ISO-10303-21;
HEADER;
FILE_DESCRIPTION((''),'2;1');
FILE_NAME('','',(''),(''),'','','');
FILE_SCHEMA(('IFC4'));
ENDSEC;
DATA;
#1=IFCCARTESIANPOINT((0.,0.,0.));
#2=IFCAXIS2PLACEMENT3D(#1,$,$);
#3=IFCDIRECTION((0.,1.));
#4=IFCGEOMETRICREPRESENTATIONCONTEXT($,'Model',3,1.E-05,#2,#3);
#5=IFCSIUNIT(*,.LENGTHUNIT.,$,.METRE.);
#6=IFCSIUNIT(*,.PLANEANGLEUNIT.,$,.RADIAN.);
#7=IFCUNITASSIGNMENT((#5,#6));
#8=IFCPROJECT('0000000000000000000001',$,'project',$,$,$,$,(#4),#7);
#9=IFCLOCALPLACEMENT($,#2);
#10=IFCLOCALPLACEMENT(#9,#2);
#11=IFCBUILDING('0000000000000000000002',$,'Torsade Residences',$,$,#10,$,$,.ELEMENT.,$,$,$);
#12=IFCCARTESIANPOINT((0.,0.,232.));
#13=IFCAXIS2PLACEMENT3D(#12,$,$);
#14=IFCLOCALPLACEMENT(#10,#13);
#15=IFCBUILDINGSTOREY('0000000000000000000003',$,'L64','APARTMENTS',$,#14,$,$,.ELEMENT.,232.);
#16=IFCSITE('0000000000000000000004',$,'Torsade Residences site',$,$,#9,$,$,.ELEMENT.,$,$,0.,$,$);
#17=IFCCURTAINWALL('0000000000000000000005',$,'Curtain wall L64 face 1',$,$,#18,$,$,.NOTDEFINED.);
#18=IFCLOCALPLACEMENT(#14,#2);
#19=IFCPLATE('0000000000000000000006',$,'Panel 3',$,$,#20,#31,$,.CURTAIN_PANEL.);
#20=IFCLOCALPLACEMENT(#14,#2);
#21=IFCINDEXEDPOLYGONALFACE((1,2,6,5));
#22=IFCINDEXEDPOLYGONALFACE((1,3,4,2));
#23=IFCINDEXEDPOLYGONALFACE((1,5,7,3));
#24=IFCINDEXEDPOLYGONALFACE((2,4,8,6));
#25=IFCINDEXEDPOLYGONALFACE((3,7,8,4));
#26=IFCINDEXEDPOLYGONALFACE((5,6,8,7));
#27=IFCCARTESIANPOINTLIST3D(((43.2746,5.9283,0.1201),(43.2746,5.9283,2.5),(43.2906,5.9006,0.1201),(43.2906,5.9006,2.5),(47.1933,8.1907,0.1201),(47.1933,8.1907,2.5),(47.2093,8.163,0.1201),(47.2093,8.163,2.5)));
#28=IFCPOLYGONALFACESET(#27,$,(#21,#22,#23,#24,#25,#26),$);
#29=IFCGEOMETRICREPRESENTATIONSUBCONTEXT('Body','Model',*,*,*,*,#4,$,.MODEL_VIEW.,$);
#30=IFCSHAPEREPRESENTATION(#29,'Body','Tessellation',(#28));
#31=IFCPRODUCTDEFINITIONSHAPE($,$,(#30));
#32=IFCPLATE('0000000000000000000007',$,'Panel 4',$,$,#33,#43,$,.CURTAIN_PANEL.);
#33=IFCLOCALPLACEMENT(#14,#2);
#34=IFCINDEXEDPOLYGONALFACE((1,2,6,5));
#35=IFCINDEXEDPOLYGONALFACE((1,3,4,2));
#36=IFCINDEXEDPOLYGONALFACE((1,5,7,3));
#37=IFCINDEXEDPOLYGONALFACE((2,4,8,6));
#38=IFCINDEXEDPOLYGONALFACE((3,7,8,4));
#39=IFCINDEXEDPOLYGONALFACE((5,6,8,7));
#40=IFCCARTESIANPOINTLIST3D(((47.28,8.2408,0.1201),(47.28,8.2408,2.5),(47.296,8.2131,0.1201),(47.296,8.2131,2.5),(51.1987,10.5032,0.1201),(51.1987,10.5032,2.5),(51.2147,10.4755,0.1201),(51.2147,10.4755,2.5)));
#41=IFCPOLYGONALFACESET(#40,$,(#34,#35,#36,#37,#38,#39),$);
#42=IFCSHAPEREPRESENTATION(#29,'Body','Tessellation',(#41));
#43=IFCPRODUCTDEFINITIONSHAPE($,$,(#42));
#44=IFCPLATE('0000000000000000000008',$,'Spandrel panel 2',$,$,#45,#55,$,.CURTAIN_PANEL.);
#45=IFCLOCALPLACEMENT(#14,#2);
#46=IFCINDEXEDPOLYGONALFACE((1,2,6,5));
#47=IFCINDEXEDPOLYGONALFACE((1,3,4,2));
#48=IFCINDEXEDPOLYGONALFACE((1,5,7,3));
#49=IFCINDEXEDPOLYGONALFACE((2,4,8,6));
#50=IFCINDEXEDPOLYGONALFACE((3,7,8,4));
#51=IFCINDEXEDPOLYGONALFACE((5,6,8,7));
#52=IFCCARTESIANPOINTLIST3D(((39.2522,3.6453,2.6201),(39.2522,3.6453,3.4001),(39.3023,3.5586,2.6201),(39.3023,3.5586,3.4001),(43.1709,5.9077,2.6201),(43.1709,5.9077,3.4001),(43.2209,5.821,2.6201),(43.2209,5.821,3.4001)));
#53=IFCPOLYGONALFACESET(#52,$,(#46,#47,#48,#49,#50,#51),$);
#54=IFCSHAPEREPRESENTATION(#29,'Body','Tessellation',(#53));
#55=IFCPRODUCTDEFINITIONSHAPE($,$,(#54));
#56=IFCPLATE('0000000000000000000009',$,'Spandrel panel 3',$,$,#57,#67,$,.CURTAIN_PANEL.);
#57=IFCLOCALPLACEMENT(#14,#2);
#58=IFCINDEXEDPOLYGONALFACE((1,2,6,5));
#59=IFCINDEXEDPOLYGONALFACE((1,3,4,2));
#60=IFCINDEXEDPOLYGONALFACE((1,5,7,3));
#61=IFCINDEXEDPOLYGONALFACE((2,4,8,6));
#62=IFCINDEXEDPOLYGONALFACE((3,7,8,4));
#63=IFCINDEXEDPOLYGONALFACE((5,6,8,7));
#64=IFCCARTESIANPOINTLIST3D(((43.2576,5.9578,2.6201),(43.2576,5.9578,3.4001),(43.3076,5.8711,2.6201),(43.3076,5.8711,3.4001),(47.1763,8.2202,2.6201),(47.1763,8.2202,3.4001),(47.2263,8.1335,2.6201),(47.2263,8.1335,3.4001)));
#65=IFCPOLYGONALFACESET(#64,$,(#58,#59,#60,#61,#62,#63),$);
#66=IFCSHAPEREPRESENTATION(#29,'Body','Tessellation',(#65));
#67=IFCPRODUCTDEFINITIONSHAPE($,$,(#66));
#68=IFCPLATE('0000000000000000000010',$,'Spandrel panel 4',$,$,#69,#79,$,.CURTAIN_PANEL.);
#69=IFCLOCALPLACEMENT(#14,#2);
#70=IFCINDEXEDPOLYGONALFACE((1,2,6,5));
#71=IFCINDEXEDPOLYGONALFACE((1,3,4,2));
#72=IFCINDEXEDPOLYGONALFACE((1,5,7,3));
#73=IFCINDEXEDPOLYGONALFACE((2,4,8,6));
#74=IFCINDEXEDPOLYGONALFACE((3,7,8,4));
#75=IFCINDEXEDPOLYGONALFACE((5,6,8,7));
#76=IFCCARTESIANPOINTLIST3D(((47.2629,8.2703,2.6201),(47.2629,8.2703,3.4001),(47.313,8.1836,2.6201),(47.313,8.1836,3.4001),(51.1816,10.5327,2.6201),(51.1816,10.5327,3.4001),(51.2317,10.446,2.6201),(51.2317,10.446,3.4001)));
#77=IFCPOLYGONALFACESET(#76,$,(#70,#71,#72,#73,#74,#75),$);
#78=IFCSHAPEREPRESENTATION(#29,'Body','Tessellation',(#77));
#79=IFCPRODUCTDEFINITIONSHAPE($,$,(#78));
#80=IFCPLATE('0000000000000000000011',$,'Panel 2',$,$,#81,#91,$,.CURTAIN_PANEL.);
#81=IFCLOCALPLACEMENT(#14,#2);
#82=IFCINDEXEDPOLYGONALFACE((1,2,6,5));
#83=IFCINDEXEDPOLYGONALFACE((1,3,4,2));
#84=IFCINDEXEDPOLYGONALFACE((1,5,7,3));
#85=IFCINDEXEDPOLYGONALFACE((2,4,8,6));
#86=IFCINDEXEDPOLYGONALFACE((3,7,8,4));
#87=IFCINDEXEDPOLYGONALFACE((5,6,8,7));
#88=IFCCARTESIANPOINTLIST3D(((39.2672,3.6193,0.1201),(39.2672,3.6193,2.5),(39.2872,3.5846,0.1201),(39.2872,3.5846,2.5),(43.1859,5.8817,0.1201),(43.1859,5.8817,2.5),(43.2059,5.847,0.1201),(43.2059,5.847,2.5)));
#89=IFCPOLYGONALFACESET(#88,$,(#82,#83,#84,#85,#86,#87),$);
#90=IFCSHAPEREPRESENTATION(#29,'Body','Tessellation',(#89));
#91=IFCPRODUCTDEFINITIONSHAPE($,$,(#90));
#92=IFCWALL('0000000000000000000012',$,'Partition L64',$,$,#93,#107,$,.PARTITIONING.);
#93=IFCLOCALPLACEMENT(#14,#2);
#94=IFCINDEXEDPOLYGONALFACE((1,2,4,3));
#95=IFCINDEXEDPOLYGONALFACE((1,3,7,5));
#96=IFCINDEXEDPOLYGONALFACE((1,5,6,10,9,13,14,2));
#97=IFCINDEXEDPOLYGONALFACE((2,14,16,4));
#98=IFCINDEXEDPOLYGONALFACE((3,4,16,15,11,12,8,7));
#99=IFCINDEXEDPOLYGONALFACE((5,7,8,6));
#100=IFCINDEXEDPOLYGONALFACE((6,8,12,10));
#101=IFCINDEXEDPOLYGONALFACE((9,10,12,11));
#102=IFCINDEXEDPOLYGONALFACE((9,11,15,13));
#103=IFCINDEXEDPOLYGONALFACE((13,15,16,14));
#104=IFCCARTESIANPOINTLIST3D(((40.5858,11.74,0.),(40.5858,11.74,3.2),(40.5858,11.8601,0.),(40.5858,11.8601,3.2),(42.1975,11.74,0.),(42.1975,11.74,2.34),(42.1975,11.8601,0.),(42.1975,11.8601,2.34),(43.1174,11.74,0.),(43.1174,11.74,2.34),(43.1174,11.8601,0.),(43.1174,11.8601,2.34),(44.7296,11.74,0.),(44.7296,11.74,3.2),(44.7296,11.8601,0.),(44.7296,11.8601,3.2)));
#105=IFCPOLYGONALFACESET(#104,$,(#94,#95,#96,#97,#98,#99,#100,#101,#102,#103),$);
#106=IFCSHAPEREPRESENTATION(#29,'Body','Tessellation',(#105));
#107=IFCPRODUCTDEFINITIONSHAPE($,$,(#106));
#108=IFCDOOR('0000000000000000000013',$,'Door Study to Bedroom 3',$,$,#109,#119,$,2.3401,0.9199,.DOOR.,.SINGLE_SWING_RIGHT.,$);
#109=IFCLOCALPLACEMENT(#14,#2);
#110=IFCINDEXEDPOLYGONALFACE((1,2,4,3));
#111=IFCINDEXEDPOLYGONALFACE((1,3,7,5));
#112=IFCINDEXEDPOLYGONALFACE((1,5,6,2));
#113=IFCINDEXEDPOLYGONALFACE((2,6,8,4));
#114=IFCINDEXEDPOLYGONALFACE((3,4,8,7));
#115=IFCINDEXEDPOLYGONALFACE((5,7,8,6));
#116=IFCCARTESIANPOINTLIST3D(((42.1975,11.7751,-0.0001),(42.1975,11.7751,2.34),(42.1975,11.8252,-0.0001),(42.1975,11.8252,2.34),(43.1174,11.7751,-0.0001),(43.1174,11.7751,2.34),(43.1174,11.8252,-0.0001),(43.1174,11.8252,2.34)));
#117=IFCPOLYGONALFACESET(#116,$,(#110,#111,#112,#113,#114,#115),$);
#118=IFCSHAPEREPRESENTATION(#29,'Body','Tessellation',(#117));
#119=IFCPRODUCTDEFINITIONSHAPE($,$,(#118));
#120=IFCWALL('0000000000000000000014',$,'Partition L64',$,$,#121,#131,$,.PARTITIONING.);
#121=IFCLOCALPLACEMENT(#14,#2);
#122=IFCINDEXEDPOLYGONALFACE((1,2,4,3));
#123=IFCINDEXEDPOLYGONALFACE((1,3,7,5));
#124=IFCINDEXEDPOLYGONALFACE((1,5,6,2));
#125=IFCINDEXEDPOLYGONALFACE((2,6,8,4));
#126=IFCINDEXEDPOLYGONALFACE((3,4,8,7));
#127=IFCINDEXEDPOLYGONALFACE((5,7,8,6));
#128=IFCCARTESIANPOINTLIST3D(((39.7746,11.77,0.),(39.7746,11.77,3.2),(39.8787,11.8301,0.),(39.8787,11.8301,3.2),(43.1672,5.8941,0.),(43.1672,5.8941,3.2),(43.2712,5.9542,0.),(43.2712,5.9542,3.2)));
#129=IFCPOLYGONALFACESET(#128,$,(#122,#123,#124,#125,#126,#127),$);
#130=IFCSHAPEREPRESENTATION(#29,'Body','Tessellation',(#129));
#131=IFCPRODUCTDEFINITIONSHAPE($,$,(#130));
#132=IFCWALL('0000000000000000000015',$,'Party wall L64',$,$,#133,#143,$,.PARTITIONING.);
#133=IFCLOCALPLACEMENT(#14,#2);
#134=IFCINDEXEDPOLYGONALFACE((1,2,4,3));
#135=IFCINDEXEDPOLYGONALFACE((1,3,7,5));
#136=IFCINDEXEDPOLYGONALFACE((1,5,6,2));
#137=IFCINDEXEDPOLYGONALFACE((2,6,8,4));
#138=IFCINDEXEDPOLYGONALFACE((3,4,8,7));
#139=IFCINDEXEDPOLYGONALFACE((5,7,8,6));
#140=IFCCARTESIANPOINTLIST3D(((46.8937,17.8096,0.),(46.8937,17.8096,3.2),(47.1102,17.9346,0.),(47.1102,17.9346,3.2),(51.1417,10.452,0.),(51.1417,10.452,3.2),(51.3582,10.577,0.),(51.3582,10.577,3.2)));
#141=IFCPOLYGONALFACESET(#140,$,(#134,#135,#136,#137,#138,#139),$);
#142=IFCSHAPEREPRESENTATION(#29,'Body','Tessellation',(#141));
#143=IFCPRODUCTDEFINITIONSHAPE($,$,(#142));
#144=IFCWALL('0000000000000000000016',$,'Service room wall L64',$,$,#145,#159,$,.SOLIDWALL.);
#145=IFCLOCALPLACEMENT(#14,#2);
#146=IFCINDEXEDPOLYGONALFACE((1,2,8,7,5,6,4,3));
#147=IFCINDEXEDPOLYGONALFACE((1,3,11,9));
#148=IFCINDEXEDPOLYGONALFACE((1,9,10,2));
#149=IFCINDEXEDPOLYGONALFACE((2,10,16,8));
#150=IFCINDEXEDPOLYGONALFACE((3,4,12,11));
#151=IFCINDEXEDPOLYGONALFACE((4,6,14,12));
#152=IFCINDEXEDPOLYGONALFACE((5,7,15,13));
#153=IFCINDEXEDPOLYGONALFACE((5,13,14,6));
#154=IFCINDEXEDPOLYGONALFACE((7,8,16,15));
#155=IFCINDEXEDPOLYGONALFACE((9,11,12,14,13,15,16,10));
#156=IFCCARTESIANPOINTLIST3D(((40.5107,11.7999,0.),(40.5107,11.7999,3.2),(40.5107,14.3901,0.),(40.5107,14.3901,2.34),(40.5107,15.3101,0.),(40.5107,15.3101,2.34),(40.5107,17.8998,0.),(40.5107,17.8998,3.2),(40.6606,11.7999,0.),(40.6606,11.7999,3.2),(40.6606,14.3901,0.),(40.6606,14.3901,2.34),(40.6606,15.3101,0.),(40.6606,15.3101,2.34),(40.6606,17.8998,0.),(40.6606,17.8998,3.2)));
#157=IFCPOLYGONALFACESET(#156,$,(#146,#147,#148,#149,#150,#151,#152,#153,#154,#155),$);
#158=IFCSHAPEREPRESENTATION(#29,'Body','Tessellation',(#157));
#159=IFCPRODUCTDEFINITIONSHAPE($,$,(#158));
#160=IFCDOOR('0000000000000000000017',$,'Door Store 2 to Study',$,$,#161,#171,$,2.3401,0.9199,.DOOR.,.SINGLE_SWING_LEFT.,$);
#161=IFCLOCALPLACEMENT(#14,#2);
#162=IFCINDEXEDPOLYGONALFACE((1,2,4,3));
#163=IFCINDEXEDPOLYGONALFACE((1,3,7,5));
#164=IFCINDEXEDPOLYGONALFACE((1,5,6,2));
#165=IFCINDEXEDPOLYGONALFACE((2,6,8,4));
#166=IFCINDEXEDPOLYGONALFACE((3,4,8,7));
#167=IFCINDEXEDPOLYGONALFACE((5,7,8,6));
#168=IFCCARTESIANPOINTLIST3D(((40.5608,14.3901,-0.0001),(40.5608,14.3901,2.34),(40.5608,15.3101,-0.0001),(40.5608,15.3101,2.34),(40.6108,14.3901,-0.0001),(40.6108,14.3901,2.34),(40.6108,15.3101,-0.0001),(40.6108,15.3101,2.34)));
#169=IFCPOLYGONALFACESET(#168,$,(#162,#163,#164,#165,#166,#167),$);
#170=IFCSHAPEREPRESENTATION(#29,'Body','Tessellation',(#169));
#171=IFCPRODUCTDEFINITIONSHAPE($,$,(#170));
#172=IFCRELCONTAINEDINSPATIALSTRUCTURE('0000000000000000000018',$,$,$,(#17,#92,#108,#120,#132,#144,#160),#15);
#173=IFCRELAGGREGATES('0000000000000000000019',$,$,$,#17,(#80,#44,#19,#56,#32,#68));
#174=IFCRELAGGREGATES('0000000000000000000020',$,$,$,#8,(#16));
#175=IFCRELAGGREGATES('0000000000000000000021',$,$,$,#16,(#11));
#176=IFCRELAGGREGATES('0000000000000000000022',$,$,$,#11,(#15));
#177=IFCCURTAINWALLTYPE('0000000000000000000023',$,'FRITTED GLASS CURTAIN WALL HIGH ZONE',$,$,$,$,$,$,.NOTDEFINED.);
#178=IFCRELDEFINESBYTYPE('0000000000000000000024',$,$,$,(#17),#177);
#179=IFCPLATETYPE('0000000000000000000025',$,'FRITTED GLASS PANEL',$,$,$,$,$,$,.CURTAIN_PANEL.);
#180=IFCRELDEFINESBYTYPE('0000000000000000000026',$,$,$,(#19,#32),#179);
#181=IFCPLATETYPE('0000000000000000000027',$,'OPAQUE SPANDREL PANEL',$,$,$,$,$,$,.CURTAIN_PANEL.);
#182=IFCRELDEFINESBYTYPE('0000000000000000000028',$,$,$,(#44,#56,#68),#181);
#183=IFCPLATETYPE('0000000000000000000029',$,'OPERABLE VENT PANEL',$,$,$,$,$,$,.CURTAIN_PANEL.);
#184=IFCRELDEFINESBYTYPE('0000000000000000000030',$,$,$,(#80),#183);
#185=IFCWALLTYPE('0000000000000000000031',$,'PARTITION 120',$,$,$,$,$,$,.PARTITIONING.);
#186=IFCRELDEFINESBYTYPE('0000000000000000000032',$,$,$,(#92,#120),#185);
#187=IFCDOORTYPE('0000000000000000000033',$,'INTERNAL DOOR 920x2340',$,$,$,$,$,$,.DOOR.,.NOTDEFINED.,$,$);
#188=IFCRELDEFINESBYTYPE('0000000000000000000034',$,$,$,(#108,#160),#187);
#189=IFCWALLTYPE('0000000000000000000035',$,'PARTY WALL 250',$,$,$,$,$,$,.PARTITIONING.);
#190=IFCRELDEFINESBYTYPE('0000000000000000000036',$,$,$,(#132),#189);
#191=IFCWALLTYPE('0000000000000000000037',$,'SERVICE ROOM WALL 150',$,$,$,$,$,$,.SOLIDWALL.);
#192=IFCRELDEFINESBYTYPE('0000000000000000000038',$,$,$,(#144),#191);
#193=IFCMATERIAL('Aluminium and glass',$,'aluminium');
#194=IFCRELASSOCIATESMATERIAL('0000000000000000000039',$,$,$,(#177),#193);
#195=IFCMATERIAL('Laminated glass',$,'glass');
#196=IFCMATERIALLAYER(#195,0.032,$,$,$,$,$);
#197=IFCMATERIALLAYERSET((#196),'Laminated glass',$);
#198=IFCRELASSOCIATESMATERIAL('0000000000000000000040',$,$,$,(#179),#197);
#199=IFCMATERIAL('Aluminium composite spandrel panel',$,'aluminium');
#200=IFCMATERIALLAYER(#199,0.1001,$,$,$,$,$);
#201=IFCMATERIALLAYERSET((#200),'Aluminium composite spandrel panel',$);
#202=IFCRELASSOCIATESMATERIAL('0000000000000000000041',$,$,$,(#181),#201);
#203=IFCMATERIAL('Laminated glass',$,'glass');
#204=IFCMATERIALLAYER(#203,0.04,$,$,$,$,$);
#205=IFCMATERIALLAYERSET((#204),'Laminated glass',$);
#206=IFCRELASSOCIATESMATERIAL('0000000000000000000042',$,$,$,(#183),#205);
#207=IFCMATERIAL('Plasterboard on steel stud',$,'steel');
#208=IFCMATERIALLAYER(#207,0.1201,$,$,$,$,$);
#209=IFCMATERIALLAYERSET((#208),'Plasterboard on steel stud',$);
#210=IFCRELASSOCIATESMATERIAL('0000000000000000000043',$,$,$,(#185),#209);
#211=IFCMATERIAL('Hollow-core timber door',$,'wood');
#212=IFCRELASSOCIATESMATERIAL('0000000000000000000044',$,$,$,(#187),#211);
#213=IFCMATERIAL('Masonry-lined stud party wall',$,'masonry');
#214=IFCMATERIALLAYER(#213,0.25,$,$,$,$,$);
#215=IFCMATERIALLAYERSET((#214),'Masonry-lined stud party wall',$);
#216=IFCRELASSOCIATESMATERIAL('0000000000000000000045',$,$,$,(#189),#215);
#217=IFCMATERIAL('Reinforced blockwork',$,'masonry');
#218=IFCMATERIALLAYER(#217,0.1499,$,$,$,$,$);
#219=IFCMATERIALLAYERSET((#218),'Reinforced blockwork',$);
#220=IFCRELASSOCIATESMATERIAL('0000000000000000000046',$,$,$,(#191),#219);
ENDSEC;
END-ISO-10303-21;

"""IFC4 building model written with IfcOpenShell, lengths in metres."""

from ifc_helpers import new_model, si_unit, direction, frame, frame_2d, origin, origin_2d, place, context, subcontext, project, spatial, rectangle, extrude, material, layer, layer_set, type_object, element, fill, aggregate, save


model = new_model("IFC4")

# Units and contexts
model_context = context("Model", 3, precision=1e-05, world=origin(), true_north=direction((0.0, 1.0)))
body_context = subcontext(model_context, "Body", "Model", "MODEL_VIEW")
ifc_project = project(units=[si_unit("LENGTHUNIT", "METRE"), si_unit("PLANEANGLEUNIT", "RADIAN")], contexts=[model_context])

# Site, building, storey
site_placement = place(None, origin())
site = spatial("IfcSite", under=ifc_project, at=site_placement, Name="Torsade Residences site", CompositionType="ELEMENT", RefElevation=0.0)
building_placement = place(site_placement, origin())
building = spatial("IfcBuilding", under=site, at=building_placement, Name="Torsade Residences", CompositionType="ELEMENT")
storey_placement = place(building_placement, frame((0.0, 0.0, 232.0)))
storey = spatial("IfcBuildingStorey", under=building, at=storey_placement, Name="L64", Description="APARTMENTS", CompositionType="ELEMENT", Elevation=232.0)

# Curtain wall
ifc_material_1 = material(Name="Aluminium and glass", Category="aluminium")
curtain_wall_type = type_object("IfcCurtainWallType", Name="FRITTED GLASS CURTAIN WALL HIGH ZONE", PredefinedType="NOTDEFINED", material=ifc_material_1)
curtain_wall_placement = place(storey_placement, origin())
curtain_wall = element("IfcCurtainWall", 1, at=curtain_wall_placement, inside=storey, type_object=curtain_wall_type, Name="Curtain wall L64 face 1", PredefinedType="NOTDEFINED")

# Plates
ifc_material_2 = material(Name="Laminated glass", Category="glass")
ifc_layer_1 = layer(ifc_material_2, 0.032)
ifc_layer_set_1 = layer_set([ifc_layer_1], Name="Laminated glass")
plate_type_1 = type_object("IfcPlateType", Name="FRITTED GLASS PANEL", PredefinedType="CURTAIN_PANEL", material=ifc_layer_set_1)
plate_1_placement = place(storey_placement, frame((45.2419, 7.0457, 0.1201), z_axis=(0.0, 0.0, 1.0), x_axis=(0.866025, 0.5, 0.0)))
plate_1 = element("IfcPlate", 2, at=plate_1_placement, type_object=plate_type_1, Name="Panel 3", PredefinedType="CURTAIN_PANEL", context=body_context, shape_type="SweptSolid", body=[
    extrude(rectangle(XDim=4.5249, YDim=0.032, at=origin_2d()), origin(), (0.0, 0.0, 1.0), 2.3799),
])
plate_2_placement = place(storey_placement, frame((49.2473, 9.3582, 0.1201), z_axis=(0.0, 0.0, 1.0), x_axis=(0.866025, 0.5, 0.0)))
plate_2 = element("IfcPlate", 3, at=plate_2_placement, type_object=plate_type_1, Name="Panel 4", PredefinedType="CURTAIN_PANEL", context=body_context, shape_type="SweptSolid", body=[
    extrude(rectangle(XDim=4.5249, YDim=0.032, at=origin_2d()), origin(), (0.0, 0.0, 1.0), 2.3799),
])
ifc_material_3 = material(Name="Aluminium composite spandrel panel", Category="aluminium")
ifc_layer_2 = layer(ifc_material_3, 0.1001)
ifc_layer_set_2 = layer_set([ifc_layer_2], Name="Aluminium composite spandrel panel")
plate_type_2 = type_object("IfcPlateType", Name="OPAQUE SPANDREL PANEL", PredefinedType="CURTAIN_PANEL", material=ifc_layer_set_2)
plate_3_placement = place(storey_placement, frame((41.2366, 4.7332, 2.6201), z_axis=(0.0, 0.0, 1.0), x_axis=(0.866025, 0.5, 0.0)))
plate_3 = element("IfcPlate", 4, at=plate_3_placement, type_object=plate_type_2, Name="Spandrel panel 2", PredefinedType="CURTAIN_PANEL", context=body_context, shape_type="SweptSolid", body=[
    extrude(rectangle(XDim=4.5249, YDim=0.1001, at=origin_2d()), origin(), (0.0, 0.0, 1.0), 0.78),
])
plate_4_placement = place(storey_placement, frame((45.2419, 7.0457, 2.6201), z_axis=(0.0, 0.0, 1.0), x_axis=(0.866025, 0.5, 0.0)))
plate_4 = element("IfcPlate", 5, at=plate_4_placement, type_object=plate_type_2, Name="Spandrel panel 3", PredefinedType="CURTAIN_PANEL", context=body_context, shape_type="SweptSolid", body=[
    extrude(rectangle(XDim=4.5249, YDim=0.1001, at=origin_2d()), origin(), (0.0, 0.0, 1.0), 0.78),
])
plate_5_placement = place(storey_placement, frame((49.2473, 9.3582, 2.6201), z_axis=(0.0, 0.0, 1.0), x_axis=(0.866025, 0.5, 0.0)))
plate_5 = element("IfcPlate", 6, at=plate_5_placement, type_object=plate_type_2, Name="Spandrel panel 4", PredefinedType="CURTAIN_PANEL", context=body_context, shape_type="SweptSolid", body=[
    extrude(rectangle(XDim=4.5249, YDim=0.1001, at=origin_2d()), origin(), (0.0, 0.0, 1.0), 0.78),
])
ifc_material_4 = material(Name="Laminated glass", Category="glass")
ifc_layer_3 = layer(ifc_material_4, 0.04)
ifc_layer_set_3 = layer_set([ifc_layer_3], Name="Laminated glass")
plate_type_3 = type_object("IfcPlateType", Name="OPERABLE VENT PANEL", PredefinedType="CURTAIN_PANEL", material=ifc_layer_set_3)
plate_6_placement = place(storey_placement, frame((41.2366, 4.7332, 0.1201), z_axis=(0.0, 0.0, 1.0), x_axis=(0.866025, 0.5, 0.0)))
plate_6 = element("IfcPlate", 7, at=plate_6_placement, type_object=plate_type_3, Name="Panel 2", PredefinedType="CURTAIN_PANEL", context=body_context, shape_type="SweptSolid", body=[
    extrude(rectangle(XDim=4.5249, YDim=0.04, at=origin_2d()), origin(), (0.0, 0.0, 1.0), 2.3799),
])
aggregate(curtain_wall, [plate_6, plate_3, plate_1, plate_4, plate_2, plate_5])

# Wall, opening, door
ifc_material_5 = material(Name="Plasterboard on steel stud", Category="steel")
ifc_layer_4 = layer(ifc_material_5, 0.1201)
ifc_layer_set_4 = layer_set([ifc_layer_4], Name="Plasterboard on steel stud")
wall_type_1 = type_object("IfcWallType", Name="PARTITION 120", PredefinedType="PARTITIONING", material=ifc_layer_set_4)
wall_1_placement = place(storey_placement, frame((44.7295, 11.8, 0.0), z_axis=(0.0, 0.0, 1.0), x_axis=(-1.0, 0.0, 0.0)))
wall_1 = element("IfcWall", 8, at=wall_1_placement, inside=storey, type_object=wall_type_1, Name="Partition L64", PredefinedType="PARTITIONING", context=body_context, shape_type="SweptSolid", body=[
    extrude(rectangle(XDim=4.1438, YDim=0.1201, at=frame_2d((2.0718, 0.0))), origin(), (0.0, 0.0, 1.0), 3.2),
])
opening_1_placement = place(wall_1_placement, frame((1.6121, 0.0, 0.0)))
opening_1 = element("IfcOpeningElement", 9, at=opening_1_placement, cuts=wall_1, PredefinedType="OPENING", context=body_context, shape_type="SweptSolid", body=[
    extrude(rectangle(XDim=0.9199, YDim=2.3401, at=frame_2d((0.46, 1.1699))), frame((0.0, 0.0701, 0.0), z_axis=(0.0, -1.0, 0.0), x_axis=(1.0, 0.0, 0.0)), (0.0, 0.0, 1.0), 0.1401),
])
ifc_material_6 = material(Name="Hollow-core timber door", Category="wood")
door_type = type_object("IfcDoorType", Name="INTERNAL DOOR 920x2340", OperationType="NOTDEFINED", PredefinedType="DOOR", material=ifc_material_6)
door_1_placement = place(opening_1_placement, origin())
door_1 = element("IfcDoor", 10, at=door_1_placement, inside=storey, type_object=door_type, Name="Door Study to Bedroom 3", OperationType="SINGLE_SWING_RIGHT", OverallHeight=2.3401, OverallWidth=0.9199, PredefinedType="DOOR", context=body_context, shape_type="SweptSolid", body=[
    extrude(rectangle(XDim=0.9199, YDim=2.3401, at=frame_2d((0.46, 1.1699))), frame((0.0, 0.0249, 0.0), z_axis=(0.0, -1.0, 0.0), x_axis=(1.0, 0.0, 0.0)), (0.0, 0.0, 1.0), 0.05),
])
fill(opening_1, door_1)

# Walls
wall_2_placement = place(storey_placement, frame((43.2192, 5.9241, 0.0), z_axis=(0.0, 0.0, 1.0), x_axis=(-0.500009, 0.86602, 0.0)))
element("IfcWall", 11, at=wall_2_placement, inside=storey, type_object=wall_type_1, Name="Partition L64", PredefinedType="PARTITIONING", context=body_context, shape_type="SweptSolid", body=[
    extrude(rectangle(XDim=6.7849, YDim=0.1201, at=frame_2d((3.3926, 0.0))), origin(), (0.0, 0.0, 1.0), 3.2),
])
ifc_material_7 = material(Name="Masonry-lined stud party wall", Category="masonry")
ifc_layer_5 = layer(ifc_material_7, 0.25)
ifc_layer_set_5 = layer_set([ifc_layer_5], Name="Masonry-lined stud party wall")
wall_type_2 = type_object("IfcWallType", Name="PARTY WALL 250", PredefinedType="PARTITIONING", material=ifc_layer_set_5)
wall_3_placement = place(storey_placement, frame((51.25, 10.5144, 0.0), z_axis=(0.0, 0.0, 1.0), x_axis=(-0.500009, 0.86602, 0.0)))
element("IfcWall", 12, at=wall_3_placement, inside=storey, type_object=wall_type_2, Name="Party wall L64", PredefinedType="PARTITIONING", context=body_context, shape_type="SweptSolid", body=[
    extrude(rectangle(XDim=8.4958, YDim=0.25, at=frame_2d((4.248, 0.0))), origin(), (0.0, 0.0, 1.0), 3.2),
])

# Wall, opening, door
ifc_material_8 = material(Name="Reinforced blockwork", Category="masonry")
ifc_layer_6 = layer(ifc_material_8, 0.1499)
ifc_layer_set_6 = layer_set([ifc_layer_6], Name="Reinforced blockwork")
wall_type_3 = type_object("IfcWallType", Name="SERVICE ROOM WALL 150", PredefinedType="SOLIDWALL", material=ifc_layer_set_6)
wall_4_placement = place(storey_placement, frame((40.5857, 11.8, 0.0), z_axis=(0.0, 0.0, 1.0), x_axis=(0.0, 1.0, 0.0)))
wall_4 = element("IfcWall", 13, at=wall_4_placement, inside=storey, type_object=wall_type_3, Name="Service room wall L64", PredefinedType="SOLIDWALL", context=body_context, shape_type="SweptSolid", body=[
    extrude(rectangle(XDim=6.0999, YDim=0.1499, at=frame_2d((3.0498, 0.0))), origin(), (0.0, 0.0, 1.0), 3.2),
])
opening_2_placement = place(wall_4_placement, frame((2.5901, 0.0, 0.0)))
opening_2 = element("IfcOpeningElement", 14, at=opening_2_placement, cuts=wall_4, PredefinedType="OPENING", context=body_context, shape_type="SweptSolid", body=[
    extrude(rectangle(XDim=0.9199, YDim=2.3401, at=frame_2d((0.46, 1.1699))), frame((0.0, 0.085, 0.0), z_axis=(0.0, -1.0, 0.0), x_axis=(1.0, 0.0, 0.0)), (0.0, 0.0, 1.0), 0.1699),
])
door_2_placement = place(opening_2_placement, origin())
door_2 = element("IfcDoor", 15, at=door_2_placement, inside=storey, type_object=door_type, Name="Door Store 2 to Study", OperationType="SINGLE_SWING_LEFT", OverallHeight=2.3401, OverallWidth=0.9199, PredefinedType="DOOR", context=body_context, shape_type="SweptSolid", body=[
    extrude(rectangle(XDim=0.9199, YDim=2.3401, at=frame_2d((0.46, 1.1699))), frame((0.0, 0.0249, 0.0), z_axis=(0.0, -1.0, 0.0), x_axis=(1.0, 0.0, 0.0)), (0.0, 0.0, 1.0), 0.05),
])
fill(opening_2, door_2)

save(model, "model.ifc")
